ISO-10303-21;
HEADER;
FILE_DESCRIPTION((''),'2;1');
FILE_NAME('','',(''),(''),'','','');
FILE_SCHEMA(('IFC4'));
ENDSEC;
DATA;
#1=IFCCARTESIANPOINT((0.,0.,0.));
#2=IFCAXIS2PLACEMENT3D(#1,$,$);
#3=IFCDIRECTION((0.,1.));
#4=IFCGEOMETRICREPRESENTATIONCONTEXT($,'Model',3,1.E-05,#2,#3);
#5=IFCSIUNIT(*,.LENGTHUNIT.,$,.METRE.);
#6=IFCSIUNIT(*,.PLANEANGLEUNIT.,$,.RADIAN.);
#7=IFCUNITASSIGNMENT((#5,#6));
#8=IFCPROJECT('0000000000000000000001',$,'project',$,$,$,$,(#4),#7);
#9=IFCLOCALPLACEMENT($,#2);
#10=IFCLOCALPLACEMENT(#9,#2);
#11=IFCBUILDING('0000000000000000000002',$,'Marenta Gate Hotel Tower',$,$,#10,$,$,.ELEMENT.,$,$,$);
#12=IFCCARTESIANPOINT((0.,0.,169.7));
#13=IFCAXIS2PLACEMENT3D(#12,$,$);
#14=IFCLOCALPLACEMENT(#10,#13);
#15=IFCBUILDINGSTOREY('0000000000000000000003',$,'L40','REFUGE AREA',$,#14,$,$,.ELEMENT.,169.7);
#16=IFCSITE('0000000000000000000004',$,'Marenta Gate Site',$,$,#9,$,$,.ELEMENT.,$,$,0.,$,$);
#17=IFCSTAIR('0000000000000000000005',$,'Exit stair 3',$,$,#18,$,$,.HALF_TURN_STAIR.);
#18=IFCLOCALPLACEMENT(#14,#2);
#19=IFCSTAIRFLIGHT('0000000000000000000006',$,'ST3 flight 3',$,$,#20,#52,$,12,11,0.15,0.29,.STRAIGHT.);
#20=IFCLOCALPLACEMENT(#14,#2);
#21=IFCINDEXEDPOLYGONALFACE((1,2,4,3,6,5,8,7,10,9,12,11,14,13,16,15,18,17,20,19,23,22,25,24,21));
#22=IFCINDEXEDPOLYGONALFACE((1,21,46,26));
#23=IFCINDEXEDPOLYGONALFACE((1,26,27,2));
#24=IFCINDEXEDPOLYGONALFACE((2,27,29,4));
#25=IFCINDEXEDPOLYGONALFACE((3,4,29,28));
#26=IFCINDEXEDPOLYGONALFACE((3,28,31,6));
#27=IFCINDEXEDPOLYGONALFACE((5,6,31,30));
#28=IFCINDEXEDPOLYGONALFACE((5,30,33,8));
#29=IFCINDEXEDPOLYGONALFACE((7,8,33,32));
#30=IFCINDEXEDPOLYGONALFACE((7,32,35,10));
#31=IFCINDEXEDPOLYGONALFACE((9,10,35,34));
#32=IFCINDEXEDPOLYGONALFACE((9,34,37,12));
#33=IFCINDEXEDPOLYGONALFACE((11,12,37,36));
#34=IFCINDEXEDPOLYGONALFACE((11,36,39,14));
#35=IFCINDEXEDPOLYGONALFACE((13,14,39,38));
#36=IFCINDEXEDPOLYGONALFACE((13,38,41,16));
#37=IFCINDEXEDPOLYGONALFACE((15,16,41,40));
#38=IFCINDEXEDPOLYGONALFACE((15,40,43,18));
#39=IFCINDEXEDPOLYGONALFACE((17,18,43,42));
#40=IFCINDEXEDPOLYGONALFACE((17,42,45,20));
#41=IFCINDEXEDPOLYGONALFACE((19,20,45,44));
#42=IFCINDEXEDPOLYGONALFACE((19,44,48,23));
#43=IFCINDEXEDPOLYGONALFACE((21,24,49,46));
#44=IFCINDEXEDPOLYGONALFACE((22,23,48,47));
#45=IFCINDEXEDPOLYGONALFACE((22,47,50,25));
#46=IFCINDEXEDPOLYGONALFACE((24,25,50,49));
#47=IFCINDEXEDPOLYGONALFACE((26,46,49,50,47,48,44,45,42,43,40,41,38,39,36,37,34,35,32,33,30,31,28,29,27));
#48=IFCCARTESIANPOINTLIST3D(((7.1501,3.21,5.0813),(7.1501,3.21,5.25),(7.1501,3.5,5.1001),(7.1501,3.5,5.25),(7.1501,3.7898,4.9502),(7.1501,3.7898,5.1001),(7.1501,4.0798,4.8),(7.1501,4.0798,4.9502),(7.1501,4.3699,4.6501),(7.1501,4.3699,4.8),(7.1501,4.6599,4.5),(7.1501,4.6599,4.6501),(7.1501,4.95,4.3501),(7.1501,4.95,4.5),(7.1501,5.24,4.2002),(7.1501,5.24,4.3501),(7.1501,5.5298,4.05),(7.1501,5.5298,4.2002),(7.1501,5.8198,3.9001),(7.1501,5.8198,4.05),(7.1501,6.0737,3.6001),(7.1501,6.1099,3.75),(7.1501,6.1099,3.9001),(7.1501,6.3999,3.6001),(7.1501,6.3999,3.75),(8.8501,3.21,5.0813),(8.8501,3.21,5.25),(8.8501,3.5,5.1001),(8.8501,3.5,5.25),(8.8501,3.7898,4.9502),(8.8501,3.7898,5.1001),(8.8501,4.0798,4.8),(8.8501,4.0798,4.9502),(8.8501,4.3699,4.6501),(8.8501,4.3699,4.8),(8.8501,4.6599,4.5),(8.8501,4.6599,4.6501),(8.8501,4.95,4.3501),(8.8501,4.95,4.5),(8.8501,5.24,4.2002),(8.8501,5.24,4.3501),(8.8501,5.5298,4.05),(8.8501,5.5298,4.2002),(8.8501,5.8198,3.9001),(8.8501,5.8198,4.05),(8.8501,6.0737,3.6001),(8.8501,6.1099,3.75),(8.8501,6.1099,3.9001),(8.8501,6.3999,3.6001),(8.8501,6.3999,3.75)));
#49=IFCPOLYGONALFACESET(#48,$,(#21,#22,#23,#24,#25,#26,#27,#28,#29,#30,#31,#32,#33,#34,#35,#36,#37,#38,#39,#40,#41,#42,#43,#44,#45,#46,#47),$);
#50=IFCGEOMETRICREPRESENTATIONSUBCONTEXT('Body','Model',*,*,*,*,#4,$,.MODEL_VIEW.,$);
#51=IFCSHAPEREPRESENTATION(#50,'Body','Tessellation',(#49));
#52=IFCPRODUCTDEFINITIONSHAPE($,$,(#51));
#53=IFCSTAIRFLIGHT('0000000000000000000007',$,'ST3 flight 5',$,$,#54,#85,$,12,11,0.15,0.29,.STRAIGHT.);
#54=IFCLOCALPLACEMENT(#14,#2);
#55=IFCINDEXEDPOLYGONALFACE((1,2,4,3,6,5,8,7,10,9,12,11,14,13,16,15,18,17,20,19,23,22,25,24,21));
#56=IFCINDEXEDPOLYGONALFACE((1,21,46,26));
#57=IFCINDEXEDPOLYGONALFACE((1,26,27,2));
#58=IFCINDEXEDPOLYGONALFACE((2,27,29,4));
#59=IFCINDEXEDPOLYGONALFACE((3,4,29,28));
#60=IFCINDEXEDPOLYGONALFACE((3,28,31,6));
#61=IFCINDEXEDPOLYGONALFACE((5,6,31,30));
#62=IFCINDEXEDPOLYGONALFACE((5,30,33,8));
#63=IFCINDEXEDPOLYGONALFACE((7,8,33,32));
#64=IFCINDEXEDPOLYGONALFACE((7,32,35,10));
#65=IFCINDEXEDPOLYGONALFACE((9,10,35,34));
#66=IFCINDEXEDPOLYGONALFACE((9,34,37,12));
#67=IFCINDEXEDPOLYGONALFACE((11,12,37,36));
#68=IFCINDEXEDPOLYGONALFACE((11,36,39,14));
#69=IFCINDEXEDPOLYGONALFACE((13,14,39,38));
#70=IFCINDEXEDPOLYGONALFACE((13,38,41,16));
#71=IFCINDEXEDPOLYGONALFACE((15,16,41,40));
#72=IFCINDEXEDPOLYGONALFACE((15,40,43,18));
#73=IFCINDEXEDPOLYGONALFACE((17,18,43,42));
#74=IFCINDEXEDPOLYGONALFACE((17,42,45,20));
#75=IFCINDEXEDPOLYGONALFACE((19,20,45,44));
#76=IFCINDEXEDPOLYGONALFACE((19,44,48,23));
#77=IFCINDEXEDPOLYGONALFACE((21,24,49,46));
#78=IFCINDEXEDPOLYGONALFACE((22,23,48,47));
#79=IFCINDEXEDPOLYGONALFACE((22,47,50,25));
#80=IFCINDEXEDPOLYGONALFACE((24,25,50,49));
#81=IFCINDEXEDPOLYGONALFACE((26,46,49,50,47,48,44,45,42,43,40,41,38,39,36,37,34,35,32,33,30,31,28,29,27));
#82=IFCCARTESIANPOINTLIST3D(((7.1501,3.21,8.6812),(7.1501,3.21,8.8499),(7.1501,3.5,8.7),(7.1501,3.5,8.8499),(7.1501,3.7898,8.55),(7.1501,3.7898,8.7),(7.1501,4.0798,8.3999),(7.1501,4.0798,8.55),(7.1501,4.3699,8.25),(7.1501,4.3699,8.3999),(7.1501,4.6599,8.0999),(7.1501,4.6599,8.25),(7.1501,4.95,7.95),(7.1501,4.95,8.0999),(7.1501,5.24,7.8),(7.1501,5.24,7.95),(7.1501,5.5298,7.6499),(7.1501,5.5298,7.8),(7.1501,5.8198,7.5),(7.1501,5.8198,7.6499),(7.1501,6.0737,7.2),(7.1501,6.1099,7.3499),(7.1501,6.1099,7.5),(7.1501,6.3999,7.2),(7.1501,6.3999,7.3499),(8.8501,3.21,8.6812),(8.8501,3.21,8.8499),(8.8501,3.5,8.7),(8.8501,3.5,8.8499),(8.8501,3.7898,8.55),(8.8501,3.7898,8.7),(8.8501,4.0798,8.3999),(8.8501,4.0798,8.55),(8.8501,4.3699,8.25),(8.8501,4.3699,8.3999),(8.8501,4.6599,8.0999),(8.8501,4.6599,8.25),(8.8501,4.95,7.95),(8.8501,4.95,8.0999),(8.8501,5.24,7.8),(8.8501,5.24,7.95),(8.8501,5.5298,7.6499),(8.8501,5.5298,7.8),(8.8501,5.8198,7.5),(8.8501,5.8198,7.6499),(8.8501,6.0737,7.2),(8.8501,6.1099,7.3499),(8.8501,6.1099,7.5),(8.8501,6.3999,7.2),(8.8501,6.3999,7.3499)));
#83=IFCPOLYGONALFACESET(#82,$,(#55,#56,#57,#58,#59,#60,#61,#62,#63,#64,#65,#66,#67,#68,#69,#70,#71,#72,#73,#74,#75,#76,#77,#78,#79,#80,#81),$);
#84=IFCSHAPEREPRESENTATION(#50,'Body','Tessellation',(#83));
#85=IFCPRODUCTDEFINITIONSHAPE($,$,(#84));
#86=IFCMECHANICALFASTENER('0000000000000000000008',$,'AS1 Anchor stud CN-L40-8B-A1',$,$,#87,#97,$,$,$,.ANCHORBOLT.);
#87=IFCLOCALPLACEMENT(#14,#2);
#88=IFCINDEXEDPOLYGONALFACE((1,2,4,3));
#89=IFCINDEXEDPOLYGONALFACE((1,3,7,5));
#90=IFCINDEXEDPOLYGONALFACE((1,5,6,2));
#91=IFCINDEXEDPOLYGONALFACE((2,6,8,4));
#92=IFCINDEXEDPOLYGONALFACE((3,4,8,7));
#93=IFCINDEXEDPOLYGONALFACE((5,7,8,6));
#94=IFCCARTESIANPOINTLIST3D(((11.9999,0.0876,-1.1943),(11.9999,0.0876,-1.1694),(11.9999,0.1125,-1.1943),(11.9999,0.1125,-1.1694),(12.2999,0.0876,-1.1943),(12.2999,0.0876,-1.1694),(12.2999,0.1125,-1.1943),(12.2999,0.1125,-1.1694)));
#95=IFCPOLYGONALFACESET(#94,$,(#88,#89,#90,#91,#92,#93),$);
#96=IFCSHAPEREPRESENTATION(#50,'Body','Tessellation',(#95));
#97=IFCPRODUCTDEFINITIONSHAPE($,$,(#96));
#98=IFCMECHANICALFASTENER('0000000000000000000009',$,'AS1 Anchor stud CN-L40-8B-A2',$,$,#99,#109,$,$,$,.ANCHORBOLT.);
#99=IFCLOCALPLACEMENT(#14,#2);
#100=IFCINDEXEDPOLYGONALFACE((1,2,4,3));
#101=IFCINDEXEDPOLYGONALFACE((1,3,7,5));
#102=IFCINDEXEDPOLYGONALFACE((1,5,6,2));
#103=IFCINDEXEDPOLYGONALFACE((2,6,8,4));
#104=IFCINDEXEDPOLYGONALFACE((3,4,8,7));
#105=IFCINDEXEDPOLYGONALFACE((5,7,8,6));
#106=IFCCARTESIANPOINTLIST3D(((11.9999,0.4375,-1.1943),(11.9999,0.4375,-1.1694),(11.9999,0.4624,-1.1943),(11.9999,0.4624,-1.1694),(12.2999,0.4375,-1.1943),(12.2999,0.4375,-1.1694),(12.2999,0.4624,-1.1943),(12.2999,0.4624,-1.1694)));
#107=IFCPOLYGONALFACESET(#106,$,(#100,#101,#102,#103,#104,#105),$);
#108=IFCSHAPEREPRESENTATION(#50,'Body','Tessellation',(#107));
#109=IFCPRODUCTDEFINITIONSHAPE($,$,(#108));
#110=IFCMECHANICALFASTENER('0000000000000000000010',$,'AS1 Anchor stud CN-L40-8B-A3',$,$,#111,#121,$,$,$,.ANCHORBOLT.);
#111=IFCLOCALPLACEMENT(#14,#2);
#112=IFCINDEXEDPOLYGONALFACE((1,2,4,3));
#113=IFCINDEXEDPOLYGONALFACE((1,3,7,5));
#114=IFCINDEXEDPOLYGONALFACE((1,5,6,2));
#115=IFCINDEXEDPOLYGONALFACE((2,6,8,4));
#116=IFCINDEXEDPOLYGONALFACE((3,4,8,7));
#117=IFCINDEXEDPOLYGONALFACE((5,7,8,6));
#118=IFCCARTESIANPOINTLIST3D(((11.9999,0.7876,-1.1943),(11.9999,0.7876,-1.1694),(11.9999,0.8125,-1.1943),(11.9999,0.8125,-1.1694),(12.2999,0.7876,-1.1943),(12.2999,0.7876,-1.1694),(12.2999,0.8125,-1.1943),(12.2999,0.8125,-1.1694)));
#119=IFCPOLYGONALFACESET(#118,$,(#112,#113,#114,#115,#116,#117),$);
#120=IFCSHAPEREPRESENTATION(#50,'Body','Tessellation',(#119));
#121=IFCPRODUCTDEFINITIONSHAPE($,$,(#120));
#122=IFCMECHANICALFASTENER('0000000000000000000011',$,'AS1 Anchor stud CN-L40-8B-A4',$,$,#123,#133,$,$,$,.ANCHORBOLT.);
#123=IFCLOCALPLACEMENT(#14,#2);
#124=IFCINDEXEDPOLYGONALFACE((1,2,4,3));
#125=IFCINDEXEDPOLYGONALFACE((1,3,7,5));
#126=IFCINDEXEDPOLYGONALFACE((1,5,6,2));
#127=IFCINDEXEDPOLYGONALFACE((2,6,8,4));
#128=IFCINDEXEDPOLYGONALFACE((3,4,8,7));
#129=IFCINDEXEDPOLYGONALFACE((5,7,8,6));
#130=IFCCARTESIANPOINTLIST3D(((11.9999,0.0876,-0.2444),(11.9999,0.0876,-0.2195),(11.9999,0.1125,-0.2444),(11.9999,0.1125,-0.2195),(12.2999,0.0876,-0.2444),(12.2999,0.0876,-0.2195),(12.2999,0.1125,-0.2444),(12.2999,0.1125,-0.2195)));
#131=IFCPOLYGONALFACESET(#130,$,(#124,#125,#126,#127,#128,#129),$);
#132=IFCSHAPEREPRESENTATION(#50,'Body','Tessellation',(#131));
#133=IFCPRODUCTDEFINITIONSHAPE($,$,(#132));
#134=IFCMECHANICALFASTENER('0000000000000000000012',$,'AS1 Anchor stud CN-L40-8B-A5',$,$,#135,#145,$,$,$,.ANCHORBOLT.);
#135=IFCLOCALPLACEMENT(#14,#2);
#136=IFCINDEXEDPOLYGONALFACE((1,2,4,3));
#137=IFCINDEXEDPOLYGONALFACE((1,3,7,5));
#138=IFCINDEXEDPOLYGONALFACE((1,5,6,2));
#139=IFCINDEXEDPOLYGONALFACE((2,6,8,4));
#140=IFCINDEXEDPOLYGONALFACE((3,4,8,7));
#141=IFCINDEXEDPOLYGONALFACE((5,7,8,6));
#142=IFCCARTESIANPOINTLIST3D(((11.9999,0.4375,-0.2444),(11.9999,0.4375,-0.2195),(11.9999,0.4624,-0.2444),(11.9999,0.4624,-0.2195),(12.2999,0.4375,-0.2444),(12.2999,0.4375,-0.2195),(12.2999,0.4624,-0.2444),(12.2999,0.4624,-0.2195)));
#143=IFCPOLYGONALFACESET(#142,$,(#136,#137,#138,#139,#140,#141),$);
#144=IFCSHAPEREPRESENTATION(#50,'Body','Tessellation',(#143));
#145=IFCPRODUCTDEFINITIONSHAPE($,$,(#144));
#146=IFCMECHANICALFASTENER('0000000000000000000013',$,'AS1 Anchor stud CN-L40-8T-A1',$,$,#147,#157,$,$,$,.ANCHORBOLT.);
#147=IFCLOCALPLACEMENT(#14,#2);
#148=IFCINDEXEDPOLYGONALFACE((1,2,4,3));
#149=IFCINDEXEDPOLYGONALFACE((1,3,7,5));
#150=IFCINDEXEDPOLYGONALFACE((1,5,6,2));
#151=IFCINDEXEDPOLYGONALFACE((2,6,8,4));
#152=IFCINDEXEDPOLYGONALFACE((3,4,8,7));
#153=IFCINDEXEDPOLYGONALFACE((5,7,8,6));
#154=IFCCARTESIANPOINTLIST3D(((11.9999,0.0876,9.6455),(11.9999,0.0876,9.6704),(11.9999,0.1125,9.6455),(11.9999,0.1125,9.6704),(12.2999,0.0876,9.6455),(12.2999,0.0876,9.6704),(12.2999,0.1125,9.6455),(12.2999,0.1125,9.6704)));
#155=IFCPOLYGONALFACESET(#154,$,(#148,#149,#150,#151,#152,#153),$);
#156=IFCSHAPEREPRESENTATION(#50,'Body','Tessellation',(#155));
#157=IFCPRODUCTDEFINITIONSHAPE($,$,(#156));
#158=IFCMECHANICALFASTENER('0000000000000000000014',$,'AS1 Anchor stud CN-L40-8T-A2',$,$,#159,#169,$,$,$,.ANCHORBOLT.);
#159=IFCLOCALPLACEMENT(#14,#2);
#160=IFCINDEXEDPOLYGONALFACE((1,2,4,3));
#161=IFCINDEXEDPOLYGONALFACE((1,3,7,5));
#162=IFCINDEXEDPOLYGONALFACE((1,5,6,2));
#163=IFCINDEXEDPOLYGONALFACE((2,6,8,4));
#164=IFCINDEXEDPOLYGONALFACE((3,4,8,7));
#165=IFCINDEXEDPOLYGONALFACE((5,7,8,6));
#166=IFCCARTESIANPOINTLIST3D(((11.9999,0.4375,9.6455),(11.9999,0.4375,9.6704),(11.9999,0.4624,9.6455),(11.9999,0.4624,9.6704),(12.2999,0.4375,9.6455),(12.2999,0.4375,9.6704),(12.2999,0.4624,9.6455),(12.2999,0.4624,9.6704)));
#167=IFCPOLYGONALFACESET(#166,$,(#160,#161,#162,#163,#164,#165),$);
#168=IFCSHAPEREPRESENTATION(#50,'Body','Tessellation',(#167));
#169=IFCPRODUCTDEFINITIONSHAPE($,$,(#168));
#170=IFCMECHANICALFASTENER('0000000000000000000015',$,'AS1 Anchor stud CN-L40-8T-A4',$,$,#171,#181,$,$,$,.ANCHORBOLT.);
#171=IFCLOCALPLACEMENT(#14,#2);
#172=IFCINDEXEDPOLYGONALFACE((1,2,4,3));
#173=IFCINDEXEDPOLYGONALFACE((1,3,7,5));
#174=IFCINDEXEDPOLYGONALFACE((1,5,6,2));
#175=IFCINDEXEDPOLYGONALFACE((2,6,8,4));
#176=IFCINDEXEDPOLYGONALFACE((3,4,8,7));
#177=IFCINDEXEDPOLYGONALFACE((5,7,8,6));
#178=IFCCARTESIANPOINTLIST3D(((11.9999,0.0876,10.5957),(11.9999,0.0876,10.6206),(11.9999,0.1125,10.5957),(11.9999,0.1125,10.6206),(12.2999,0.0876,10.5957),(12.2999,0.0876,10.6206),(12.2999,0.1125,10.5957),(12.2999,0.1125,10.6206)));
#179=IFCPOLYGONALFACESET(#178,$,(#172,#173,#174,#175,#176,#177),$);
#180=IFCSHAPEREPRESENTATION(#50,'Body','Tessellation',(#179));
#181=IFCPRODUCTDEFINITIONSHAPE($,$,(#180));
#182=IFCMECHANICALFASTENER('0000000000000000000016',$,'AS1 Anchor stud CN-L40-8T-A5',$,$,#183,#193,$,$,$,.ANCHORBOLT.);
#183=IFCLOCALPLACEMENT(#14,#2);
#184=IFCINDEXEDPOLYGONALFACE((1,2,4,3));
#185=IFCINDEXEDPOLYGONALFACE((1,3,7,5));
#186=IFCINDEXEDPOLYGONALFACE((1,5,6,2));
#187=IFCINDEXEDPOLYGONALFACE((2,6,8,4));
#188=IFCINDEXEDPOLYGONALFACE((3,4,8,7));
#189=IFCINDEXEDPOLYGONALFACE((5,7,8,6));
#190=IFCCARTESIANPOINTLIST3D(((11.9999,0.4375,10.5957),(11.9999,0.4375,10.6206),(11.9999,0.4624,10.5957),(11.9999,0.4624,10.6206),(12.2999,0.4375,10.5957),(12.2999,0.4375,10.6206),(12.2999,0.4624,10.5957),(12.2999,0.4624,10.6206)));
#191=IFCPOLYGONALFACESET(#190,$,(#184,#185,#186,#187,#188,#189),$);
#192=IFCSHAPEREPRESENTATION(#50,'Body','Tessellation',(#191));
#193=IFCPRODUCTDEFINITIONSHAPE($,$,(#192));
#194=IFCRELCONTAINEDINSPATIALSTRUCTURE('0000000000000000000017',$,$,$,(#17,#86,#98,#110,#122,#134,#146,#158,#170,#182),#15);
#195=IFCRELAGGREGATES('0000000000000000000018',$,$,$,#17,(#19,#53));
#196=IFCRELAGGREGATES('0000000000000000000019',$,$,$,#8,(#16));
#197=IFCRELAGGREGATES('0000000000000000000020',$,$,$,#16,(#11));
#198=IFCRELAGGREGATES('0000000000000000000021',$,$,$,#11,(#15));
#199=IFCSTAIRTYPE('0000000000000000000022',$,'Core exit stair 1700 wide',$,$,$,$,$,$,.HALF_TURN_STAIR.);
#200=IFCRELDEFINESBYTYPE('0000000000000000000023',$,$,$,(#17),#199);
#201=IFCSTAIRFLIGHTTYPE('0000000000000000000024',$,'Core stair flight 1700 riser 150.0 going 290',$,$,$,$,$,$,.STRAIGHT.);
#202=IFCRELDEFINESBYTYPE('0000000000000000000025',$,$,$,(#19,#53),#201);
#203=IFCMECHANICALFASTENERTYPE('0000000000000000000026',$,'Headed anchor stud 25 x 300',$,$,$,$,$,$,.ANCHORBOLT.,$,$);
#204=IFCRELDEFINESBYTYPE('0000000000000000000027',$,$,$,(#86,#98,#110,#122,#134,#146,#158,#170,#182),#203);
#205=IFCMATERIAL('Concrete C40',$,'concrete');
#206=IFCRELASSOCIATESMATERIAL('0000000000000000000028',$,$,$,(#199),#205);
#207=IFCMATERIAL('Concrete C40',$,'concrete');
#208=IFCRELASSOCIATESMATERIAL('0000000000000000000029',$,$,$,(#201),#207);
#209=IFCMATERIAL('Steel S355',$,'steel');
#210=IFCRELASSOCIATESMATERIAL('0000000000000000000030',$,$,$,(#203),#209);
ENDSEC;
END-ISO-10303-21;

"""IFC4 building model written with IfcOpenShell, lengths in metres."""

from ifc_helpers import new_model, si_unit, direction, frame, origin, origin_2d, place, context, subcontext, project, spatial, polyline, rectangle, outline, extrude, material, type_object, element, aggregate, save


model = new_model("IFC4")

# Units and contexts
model_context = context("Model", 3, precision=1e-05, world=origin(), true_north=direction((0.0, 1.0)))
body_context = subcontext(model_context, "Body", "Model", "MODEL_VIEW")
ifc_project = project(units=[si_unit("LENGTHUNIT", "METRE"), si_unit("PLANEANGLEUNIT", "RADIAN")], contexts=[model_context])

# Site, building, storey
site_placement = place(None, origin())
site = spatial("IfcSite", under=ifc_project, at=site_placement, Name="Marenta Gate Site", CompositionType="ELEMENT", RefElevation=0.0)
building_placement = place(site_placement, origin())
building = spatial("IfcBuilding", under=site, at=building_placement, Name="Marenta Gate Hotel Tower", CompositionType="ELEMENT")
storey_placement = place(building_placement, frame((0.0, 0.0, 169.7)))
storey = spatial("IfcBuildingStorey", under=building, at=storey_placement, Name="L40", Description="REFUGE AREA", CompositionType="ELEMENT", Elevation=169.7)

# Stair, stair flights
ifc_material_1 = material(Name="Concrete C40", Category="concrete")
stair_type = type_object("IfcStairType", Name="Core exit stair 1700 wide", PredefinedType="HALF_TURN_STAIR", material=ifc_material_1)
stair_placement = place(storey_placement, origin())
stair = element("IfcStair", 1, at=stair_placement, inside=storey, type_object=stair_type, Name="Exit stair 3", PredefinedType="HALF_TURN_STAIR")
ifc_material_2 = material(Name="Concrete C40", Category="concrete")
stair_flight_type = type_object("IfcStairFlightType", Name="Core stair flight 1700 riser 150.0 going 290", PredefinedType="STRAIGHT", material=ifc_material_2)
stair_flight_1_placement = place(storey_placement, frame((8.0, 6.3999, 3.6001), z_axis=(0.0, 0.0, 1.0), x_axis=(0.0, -1.0, 0.0)))
stair_flight_1 = element("IfcStairFlight", 2, at=stair_flight_1_placement, type_object=stair_flight_type, Name="ST3 flight 3", NumberOfRisers=12, NumberOfTreads=11, PredefinedType="STRAIGHT", RiserHeight=0.15, TreadLength=0.29, context=body_context, shape_type="SweptSolid", body=[
    extrude(outline(polyline([(0.0, 0.0), (0.0, 0.1499), (0.29, 0.1499), (0.29, 0.3), (0.5801, 0.3), (0.5801, 0.45), (0.8701, 0.45), (0.8701, 0.6001), (1.1599, 0.6001), (1.1599, 0.75), (1.45, 0.75), (1.45, 0.8999), (1.74, 0.8999), (1.74, 1.05), (2.03, 1.05), (2.03, 1.2), (2.3201, 1.2), (2.3201, 1.3501), (2.6101, 1.3501), (2.6101, 1.5), (2.8999, 1.5), (2.8999, 1.6499), (3.1899, 1.6499), (3.1899, 1.8), (3.1899, 1.4812), (0.3262, 0.0), (0.0, 0.0)])), frame((0.0, 0.8501, 0.0), z_axis=(0.0, -1.0, 0.0), x_axis=(1.0, 0.0, 0.0)), (0.0, 0.0, 1.0), 1.7),
])
stair_flight_2_placement = place(storey_placement, frame((8.0, 6.3999, 7.2), z_axis=(0.0, 0.0, 1.0), x_axis=(0.0, -1.0, 0.0)))
stair_flight_2 = element("IfcStairFlight", 3, at=stair_flight_2_placement, type_object=stair_flight_type, Name="ST3 flight 5", NumberOfRisers=12, NumberOfTreads=11, PredefinedType="STRAIGHT", RiserHeight=0.15, TreadLength=0.29, context=body_context, shape_type="SweptSolid", body=[
    extrude(outline(polyline([(0.0, 0.0), (0.0, 0.1499), (0.29, 0.1499), (0.29, 0.3), (0.5801, 0.3), (0.5801, 0.45), (0.8701, 0.45), (0.8701, 0.6001), (1.1599, 0.6001), (1.1599, 0.75), (1.45, 0.75), (1.45, 0.8999), (1.74, 0.8999), (1.74, 1.05), (2.03, 1.05), (2.03, 1.2), (2.3201, 1.2), (2.3201, 1.3501), (2.6101, 1.3501), (2.6101, 1.5), (2.8999, 1.5), (2.8999, 1.6499), (3.1899, 1.6499), (3.1899, 1.8), (3.1899, 1.4812), (0.3262, 0.0), (0.0, 0.0)])), frame((0.0, 0.8501, 0.0), z_axis=(0.0, -1.0, 0.0), x_axis=(1.0, 0.0, 0.0)), (0.0, 0.0, 1.0), 1.7),
])
aggregate(stair, [stair_flight_1, stair_flight_2])

# Mechanical fasteners
ifc_material_3 = material(Name="Steel S355", Category="steel")
mechanical_fastener_type = type_object("IfcMechanicalFastenerType", Name="Headed anchor stud 25 x 300", PredefinedType="ANCHORBOLT", material=ifc_material_3)
for number, where, z_axis, x_axis, name in (
    (4, (12.1499, 0.1001, -1.1943), (0.0, 0.0, 1.0), (1.0, 0.0, 0.0), "AS1 Anchor stud CN-L40-8B-A1"),
    (5, (12.1499, 0.45, -1.1943), (0.0, 0.0, 1.0), (1.0, 0.0, 0.0), "AS1 Anchor stud CN-L40-8B-A2"),
    (6, (12.1499, 0.8, -1.1943), (0.0, 0.0, 1.0), (1.0, 0.0, 0.0), "AS1 Anchor stud CN-L40-8B-A3"),
    (7, (12.1499, 0.1001, -0.2444), (0.0, 0.0, 1.0), (1.0, 0.0, 0.0), "AS1 Anchor stud CN-L40-8B-A4"),
    (8, (12.1499, 0.45, -0.2444), (0.0, 0.0, 1.0), (1.0, 0.0, 0.0), "AS1 Anchor stud CN-L40-8B-A5"),
    (9, (12.1499, 0.1001, 9.6455), (0.0, 0.0, 1.0), (1.0, 0.0, 0.0), "AS1 Anchor stud CN-L40-8T-A1"),
    (10, (12.1499, 0.45, 9.6455), (0.0, 0.0, 1.0), (1.0, 0.0, 0.0), "AS1 Anchor stud CN-L40-8T-A2"),
    (11, (12.1499, 0.1001, 10.5957), (0.0, 0.0, 1.0), (1.0, 0.0, 0.0), "AS1 Anchor stud CN-L40-8T-A4"),
    (12, (12.1499, 0.45, 10.5957), (0.0, 0.0, 1.0), (1.0, 0.0, 0.0), "AS1 Anchor stud CN-L40-8T-A5"),
):
    element("IfcMechanicalFastener", number, at=place(storey_placement, frame(where, z_axis=z_axis, x_axis=x_axis)), inside=storey, type_object=mechanical_fastener_type, Name=name, PredefinedType="ANCHORBOLT", context=body_context, shape_type="SweptSolid", body=[
        extrude(rectangle(XDim=0.3, YDim=0.0249, at=origin_2d()), origin(), (0.0, 0.0, 1.0), 0.0249),
    ])

save(model, "model.ifc")
